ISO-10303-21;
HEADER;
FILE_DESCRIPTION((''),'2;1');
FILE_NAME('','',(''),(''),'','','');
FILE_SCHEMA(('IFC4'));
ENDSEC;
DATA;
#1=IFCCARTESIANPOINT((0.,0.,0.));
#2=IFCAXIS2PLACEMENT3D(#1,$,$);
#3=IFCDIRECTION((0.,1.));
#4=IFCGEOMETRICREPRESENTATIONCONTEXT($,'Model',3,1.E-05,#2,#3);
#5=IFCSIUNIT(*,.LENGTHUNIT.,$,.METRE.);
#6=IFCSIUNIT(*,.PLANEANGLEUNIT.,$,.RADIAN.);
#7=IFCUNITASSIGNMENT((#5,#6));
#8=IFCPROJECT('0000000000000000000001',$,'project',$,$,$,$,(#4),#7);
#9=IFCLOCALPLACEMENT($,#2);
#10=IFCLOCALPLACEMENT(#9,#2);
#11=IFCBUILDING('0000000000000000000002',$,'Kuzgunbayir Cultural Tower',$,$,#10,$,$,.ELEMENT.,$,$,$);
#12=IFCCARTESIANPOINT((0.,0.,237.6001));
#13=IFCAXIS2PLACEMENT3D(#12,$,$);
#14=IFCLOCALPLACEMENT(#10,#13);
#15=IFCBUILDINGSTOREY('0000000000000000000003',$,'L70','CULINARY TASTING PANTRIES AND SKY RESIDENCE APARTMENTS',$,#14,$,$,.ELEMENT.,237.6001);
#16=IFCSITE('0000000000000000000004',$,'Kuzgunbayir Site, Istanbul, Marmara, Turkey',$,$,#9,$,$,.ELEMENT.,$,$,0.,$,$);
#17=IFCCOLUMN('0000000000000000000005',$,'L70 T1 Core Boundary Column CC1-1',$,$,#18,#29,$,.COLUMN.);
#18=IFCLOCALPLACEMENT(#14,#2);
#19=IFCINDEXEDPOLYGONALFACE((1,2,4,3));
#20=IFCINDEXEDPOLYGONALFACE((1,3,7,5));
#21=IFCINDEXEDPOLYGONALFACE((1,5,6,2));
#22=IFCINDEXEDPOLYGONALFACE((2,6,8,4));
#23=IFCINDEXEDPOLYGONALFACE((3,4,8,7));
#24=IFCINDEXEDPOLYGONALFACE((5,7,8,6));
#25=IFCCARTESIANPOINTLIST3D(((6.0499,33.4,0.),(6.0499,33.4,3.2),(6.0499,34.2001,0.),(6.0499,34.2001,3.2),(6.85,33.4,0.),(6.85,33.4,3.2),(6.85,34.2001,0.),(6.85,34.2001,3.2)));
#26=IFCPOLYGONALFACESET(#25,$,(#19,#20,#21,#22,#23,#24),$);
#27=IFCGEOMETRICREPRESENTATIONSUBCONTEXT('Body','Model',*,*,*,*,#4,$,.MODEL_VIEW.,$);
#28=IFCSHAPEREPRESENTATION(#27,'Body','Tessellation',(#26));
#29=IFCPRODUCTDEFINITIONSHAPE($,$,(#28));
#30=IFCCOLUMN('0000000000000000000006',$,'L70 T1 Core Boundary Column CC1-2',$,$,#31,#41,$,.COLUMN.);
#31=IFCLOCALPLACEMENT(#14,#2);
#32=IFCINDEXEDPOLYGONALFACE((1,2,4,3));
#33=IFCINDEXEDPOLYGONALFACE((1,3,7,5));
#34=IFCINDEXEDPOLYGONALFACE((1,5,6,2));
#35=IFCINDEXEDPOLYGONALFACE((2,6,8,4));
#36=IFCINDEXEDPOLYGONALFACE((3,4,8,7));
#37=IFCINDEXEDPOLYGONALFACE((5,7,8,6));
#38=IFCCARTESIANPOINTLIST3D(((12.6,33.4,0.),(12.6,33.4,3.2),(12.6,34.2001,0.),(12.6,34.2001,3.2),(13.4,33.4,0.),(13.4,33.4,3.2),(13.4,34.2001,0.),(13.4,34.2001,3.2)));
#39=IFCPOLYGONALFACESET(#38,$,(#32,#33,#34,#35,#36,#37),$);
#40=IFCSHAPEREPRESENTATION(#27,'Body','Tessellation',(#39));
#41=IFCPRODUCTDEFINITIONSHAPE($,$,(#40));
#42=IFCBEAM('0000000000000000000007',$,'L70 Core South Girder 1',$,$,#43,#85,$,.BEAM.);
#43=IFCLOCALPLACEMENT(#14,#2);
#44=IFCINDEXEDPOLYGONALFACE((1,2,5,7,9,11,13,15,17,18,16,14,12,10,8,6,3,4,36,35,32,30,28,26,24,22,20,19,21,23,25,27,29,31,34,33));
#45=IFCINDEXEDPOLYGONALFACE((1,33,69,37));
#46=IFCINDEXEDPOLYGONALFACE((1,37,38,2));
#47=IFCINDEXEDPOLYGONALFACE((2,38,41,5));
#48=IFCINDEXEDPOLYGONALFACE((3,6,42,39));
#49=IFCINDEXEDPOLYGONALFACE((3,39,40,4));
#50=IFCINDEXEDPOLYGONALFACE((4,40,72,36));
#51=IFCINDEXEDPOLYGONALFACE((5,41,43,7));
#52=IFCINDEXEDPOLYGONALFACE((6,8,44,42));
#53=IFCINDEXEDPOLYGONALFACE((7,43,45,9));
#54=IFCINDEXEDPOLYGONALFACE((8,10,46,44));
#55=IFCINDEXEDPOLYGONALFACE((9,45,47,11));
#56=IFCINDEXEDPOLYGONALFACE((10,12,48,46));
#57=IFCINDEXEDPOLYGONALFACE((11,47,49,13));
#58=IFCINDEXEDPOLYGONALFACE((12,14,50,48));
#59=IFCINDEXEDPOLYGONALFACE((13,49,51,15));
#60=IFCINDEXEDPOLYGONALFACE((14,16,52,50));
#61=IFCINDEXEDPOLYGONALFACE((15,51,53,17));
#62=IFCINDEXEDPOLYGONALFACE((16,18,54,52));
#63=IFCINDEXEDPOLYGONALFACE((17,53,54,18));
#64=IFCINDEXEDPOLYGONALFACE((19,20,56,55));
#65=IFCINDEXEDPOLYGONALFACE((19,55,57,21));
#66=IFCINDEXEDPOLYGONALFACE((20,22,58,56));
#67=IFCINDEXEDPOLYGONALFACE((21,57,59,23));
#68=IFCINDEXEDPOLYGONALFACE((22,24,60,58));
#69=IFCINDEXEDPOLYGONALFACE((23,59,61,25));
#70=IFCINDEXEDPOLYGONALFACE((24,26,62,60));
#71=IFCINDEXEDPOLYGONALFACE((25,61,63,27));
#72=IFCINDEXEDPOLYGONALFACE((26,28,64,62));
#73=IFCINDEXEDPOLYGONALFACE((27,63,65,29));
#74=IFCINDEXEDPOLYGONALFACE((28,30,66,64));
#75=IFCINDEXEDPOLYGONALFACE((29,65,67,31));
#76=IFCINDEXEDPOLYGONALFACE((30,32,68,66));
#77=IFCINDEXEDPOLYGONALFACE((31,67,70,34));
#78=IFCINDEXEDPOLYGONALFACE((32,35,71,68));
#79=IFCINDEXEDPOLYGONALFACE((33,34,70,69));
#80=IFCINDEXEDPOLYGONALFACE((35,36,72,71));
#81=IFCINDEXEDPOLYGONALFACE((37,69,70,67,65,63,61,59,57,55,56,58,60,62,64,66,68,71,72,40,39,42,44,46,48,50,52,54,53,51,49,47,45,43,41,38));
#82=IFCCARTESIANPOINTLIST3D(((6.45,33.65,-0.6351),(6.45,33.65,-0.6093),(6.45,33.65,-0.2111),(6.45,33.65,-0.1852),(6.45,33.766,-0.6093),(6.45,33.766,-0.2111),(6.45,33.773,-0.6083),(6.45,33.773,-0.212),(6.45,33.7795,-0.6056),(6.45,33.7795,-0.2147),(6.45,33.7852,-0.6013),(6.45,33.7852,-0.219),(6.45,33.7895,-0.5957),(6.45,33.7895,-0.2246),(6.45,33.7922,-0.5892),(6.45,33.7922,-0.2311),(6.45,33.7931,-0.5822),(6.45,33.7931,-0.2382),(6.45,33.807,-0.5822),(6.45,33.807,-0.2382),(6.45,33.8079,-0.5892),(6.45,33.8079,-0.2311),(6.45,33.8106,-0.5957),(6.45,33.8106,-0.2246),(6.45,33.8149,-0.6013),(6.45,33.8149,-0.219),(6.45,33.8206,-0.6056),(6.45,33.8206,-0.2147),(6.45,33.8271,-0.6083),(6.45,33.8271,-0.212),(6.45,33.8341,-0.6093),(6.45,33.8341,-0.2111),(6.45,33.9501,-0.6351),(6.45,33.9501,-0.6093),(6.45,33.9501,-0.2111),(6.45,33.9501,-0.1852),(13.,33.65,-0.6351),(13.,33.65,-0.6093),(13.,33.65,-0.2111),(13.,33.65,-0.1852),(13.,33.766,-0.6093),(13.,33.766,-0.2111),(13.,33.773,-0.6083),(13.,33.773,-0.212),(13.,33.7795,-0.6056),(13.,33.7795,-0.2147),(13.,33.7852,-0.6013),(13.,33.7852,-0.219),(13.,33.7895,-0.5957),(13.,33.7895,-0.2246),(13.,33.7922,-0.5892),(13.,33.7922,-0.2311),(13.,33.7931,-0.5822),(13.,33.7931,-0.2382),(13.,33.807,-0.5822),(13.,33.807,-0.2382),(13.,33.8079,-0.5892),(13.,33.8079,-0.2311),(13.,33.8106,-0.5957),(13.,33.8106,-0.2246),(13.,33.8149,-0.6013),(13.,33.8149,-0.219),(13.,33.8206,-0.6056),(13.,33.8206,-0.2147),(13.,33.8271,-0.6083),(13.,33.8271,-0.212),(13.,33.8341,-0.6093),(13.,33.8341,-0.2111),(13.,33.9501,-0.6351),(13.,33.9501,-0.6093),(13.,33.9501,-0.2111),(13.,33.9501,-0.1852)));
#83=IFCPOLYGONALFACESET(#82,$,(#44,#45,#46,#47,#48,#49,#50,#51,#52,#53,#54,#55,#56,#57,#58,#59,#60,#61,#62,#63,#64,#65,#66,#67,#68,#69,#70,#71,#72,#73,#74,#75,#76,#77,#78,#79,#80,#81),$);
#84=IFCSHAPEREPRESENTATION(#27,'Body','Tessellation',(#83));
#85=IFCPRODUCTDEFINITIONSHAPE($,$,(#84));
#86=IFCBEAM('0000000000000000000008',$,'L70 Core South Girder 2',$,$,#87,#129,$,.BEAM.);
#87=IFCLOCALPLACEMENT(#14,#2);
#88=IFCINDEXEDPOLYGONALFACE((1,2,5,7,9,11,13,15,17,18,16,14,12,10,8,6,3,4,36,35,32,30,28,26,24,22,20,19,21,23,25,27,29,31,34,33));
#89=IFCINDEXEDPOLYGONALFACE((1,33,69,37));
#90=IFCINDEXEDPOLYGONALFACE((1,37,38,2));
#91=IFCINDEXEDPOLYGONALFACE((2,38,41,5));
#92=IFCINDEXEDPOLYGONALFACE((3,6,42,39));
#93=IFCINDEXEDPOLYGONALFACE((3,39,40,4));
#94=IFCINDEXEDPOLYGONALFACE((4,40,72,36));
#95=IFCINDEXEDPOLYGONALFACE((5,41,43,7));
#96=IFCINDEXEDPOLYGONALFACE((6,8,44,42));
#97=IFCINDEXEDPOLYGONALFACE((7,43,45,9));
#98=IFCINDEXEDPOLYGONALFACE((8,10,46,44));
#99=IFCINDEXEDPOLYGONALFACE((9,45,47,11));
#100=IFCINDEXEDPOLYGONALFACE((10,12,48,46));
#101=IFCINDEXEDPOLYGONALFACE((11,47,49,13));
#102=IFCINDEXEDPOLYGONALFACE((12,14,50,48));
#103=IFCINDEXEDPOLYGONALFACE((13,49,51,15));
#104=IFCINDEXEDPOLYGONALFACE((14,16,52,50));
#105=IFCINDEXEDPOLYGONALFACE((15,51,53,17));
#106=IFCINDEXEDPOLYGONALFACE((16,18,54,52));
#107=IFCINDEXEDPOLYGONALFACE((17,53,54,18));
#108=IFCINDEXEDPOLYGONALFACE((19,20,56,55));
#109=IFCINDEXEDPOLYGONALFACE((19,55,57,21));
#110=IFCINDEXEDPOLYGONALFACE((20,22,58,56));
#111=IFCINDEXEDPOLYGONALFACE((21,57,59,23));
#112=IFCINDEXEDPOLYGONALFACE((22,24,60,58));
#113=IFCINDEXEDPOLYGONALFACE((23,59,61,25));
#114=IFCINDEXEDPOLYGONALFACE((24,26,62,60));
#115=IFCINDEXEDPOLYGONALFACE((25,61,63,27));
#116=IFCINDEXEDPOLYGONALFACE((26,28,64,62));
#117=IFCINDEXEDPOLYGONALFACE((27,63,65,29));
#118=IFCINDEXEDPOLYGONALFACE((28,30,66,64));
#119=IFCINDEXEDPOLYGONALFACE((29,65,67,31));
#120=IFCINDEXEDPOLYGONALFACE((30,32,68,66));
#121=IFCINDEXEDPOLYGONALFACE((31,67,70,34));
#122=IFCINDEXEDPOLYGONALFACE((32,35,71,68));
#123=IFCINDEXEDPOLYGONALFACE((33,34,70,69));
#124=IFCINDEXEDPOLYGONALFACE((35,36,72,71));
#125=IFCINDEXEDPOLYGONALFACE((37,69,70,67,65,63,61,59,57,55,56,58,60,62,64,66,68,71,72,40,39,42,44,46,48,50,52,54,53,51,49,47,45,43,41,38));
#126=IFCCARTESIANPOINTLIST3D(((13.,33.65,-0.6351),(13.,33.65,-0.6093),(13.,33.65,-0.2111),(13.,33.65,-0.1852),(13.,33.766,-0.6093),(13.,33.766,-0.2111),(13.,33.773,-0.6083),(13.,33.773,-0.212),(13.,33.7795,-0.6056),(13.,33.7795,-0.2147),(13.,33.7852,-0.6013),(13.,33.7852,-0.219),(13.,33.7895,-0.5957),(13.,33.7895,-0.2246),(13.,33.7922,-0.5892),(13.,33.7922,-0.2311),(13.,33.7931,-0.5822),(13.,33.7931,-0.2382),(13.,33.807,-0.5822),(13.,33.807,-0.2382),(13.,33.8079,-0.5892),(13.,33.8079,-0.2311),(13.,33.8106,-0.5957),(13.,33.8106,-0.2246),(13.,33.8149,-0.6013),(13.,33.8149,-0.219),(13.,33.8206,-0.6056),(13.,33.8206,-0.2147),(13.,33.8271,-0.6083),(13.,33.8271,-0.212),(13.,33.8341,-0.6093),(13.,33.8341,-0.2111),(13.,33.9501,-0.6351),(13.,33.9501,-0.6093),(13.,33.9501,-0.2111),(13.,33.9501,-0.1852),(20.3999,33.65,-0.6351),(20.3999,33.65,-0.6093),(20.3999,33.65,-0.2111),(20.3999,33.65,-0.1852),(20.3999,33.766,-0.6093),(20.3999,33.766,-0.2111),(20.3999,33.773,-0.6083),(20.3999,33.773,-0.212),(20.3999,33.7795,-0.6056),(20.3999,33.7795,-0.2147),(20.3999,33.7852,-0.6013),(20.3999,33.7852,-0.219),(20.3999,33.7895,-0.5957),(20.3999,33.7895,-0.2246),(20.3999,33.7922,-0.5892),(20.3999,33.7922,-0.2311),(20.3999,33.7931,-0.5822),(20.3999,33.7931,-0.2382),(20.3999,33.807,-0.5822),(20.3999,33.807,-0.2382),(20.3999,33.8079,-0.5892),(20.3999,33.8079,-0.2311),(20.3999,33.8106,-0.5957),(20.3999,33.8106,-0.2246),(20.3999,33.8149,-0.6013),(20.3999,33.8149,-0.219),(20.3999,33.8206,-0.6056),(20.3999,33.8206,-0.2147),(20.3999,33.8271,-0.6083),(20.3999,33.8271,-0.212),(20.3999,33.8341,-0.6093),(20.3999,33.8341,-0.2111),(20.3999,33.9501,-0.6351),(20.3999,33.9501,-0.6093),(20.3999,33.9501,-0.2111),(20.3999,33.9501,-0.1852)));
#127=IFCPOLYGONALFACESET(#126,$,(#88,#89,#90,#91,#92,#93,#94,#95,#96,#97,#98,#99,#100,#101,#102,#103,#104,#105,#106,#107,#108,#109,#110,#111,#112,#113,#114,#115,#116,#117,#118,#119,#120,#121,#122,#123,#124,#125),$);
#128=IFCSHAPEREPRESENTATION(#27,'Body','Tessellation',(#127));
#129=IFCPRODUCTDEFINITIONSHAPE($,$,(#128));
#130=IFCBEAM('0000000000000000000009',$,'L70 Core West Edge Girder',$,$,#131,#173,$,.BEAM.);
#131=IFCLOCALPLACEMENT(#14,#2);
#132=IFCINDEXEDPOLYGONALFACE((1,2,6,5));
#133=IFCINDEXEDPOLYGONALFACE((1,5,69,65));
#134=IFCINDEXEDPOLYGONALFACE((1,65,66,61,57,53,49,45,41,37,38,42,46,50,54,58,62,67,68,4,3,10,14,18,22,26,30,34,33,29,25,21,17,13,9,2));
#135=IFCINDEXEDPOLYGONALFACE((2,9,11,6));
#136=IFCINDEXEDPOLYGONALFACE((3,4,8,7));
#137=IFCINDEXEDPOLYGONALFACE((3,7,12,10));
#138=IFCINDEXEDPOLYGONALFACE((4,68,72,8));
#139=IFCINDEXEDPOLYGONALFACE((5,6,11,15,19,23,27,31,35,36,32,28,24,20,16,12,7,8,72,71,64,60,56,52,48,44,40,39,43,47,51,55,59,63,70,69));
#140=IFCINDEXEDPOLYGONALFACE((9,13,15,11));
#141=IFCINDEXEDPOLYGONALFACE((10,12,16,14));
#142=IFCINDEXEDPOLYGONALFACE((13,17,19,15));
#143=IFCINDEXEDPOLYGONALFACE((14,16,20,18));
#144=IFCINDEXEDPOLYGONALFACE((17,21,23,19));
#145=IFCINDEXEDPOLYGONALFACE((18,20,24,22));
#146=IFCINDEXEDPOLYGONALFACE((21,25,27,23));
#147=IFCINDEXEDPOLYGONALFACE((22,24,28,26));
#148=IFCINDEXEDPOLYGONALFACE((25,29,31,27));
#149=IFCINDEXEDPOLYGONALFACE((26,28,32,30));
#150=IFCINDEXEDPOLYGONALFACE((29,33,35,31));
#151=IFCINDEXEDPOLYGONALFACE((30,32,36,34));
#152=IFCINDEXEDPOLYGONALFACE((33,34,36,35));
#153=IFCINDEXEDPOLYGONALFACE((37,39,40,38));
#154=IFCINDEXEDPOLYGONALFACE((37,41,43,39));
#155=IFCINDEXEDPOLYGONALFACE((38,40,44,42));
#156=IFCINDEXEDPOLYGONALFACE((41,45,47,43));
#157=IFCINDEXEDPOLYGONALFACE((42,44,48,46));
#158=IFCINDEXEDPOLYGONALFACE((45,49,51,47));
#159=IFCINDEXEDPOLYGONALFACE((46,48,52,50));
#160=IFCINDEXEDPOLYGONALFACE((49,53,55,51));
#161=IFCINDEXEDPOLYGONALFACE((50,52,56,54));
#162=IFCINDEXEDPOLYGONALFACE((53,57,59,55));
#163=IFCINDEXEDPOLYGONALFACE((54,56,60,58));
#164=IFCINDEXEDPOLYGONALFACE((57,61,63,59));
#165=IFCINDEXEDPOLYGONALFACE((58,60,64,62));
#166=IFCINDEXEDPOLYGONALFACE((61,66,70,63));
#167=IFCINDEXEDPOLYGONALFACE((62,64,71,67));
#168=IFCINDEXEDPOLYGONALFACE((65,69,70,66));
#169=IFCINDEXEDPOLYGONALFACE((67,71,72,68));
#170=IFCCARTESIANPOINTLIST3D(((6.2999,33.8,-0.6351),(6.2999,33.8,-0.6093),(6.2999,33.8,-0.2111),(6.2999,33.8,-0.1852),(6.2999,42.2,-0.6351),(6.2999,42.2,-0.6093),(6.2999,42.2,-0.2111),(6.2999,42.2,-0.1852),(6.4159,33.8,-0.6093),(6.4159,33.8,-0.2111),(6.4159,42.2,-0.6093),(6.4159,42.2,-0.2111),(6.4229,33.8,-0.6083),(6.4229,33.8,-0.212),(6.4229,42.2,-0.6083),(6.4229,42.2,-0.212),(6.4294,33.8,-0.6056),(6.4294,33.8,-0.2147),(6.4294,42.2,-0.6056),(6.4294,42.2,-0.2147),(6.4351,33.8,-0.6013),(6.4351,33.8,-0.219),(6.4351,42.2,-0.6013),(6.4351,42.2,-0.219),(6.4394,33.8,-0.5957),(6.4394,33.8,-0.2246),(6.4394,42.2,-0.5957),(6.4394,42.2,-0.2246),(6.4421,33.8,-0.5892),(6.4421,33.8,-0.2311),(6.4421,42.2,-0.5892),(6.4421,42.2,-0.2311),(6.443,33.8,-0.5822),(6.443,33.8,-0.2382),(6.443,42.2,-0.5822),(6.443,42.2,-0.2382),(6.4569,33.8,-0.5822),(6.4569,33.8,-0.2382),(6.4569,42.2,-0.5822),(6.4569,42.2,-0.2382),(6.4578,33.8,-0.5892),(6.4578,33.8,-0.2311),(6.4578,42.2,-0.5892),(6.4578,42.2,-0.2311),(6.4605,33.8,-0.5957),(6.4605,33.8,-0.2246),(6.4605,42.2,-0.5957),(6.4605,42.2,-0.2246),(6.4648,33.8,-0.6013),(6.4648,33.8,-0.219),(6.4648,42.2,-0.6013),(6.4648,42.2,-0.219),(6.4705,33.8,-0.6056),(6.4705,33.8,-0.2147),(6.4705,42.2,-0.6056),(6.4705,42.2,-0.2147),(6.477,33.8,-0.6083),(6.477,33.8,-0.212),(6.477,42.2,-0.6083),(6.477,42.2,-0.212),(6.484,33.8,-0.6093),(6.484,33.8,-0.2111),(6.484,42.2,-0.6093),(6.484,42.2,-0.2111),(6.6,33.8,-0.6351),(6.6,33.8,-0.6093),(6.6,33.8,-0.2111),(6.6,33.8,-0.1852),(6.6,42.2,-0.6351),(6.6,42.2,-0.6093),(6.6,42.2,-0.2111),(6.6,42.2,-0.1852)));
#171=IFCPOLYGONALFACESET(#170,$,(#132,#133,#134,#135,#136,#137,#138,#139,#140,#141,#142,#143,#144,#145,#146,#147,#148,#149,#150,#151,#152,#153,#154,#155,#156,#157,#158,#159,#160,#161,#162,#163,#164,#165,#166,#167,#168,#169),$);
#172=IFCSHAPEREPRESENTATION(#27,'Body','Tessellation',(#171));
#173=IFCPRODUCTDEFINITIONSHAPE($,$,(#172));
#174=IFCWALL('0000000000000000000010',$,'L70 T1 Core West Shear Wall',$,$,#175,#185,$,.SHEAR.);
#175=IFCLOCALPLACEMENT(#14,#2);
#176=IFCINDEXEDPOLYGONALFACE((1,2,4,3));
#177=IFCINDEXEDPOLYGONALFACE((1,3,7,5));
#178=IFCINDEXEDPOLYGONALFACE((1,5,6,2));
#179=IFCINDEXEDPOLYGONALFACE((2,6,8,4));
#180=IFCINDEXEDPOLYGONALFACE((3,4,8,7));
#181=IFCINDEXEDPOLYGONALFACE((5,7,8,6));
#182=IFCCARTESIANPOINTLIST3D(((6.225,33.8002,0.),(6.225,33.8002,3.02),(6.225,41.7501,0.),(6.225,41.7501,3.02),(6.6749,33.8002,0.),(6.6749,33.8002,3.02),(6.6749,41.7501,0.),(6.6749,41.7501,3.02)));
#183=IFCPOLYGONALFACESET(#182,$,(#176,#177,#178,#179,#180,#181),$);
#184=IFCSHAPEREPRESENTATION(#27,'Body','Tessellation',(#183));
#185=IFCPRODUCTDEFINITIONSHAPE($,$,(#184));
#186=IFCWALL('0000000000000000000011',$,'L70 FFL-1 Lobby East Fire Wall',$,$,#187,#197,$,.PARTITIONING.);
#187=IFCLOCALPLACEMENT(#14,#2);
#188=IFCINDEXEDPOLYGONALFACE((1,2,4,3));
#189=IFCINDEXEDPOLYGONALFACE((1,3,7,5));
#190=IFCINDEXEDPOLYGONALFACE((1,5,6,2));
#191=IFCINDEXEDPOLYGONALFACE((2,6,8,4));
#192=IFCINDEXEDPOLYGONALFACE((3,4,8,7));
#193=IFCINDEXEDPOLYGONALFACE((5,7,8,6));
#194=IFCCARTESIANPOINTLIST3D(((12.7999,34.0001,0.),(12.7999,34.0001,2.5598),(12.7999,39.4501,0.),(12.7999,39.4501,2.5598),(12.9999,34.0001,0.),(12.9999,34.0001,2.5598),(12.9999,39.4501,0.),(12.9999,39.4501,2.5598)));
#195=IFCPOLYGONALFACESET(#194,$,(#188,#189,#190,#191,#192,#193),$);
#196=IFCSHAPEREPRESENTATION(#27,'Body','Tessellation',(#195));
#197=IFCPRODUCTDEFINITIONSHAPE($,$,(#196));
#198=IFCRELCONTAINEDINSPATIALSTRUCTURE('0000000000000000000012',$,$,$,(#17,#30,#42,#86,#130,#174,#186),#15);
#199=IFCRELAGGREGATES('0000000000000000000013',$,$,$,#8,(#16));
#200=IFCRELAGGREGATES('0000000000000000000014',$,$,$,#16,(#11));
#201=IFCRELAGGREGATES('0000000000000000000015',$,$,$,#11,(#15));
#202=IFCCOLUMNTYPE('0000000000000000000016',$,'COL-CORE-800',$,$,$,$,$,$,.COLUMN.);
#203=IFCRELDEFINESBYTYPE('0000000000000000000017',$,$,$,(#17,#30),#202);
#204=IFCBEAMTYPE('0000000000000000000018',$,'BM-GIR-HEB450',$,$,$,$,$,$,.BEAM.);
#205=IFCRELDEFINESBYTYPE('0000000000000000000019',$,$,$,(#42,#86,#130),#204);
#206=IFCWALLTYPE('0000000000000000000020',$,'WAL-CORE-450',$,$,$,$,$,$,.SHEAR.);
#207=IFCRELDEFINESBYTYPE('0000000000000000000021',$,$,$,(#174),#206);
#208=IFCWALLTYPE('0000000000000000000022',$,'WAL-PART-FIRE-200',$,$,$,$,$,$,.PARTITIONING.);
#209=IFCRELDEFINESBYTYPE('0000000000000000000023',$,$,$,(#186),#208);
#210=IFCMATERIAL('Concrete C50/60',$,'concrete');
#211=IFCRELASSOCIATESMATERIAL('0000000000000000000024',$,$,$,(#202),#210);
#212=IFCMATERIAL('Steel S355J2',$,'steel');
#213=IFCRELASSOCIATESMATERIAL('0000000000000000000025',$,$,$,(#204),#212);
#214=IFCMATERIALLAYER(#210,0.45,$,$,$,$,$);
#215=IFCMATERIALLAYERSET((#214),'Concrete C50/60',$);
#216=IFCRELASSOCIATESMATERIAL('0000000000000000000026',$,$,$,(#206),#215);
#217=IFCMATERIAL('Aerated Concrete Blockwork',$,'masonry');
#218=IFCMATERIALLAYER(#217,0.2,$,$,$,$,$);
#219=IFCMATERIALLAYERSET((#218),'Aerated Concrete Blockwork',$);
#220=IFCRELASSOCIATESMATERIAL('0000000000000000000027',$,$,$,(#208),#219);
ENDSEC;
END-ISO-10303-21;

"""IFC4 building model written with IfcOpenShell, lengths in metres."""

from ifc_helpers import new_model, si_unit, direction, frame, frame_2d, origin, origin_2d, place, context, subcontext, project, spatial, rectangle, i_section, extrude, material, layer, layer_set, material_profile, profile_set, type_object, element, save


model = new_model("IFC4")

# Units and contexts
model_context = context("Model", 3, precision=1e-05, world=origin(), true_north=direction((0.0, 1.0)))
body_context = subcontext(model_context, "Body", "Model", "MODEL_VIEW")
ifc_project = project(units=[si_unit("LENGTHUNIT", "METRE"), si_unit("PLANEANGLEUNIT", "RADIAN")], contexts=[model_context])

# Site, building, storey
site_placement = place(None, origin())
site = spatial("IfcSite", under=ifc_project, at=site_placement, Name="Kuzgunbayir Site, Istanbul, Marmara, Turkey", CompositionType="ELEMENT", RefElevation=0.0)
building_placement = place(site_placement, origin())
building = spatial("IfcBuilding", under=site, at=building_placement, Name="Kuzgunbayir Cultural Tower", CompositionType="ELEMENT")
storey_placement = place(building_placement, frame((0.0, 0.0, 237.6001)))
storey = spatial("IfcBuildingStorey", under=building, at=storey_placement, Name="L70", Description="CULINARY TASTING PANTRIES AND SKY RESIDENCE APARTMENTS", CompositionType="ELEMENT", Elevation=237.6001)

# Columns
ifc_material_1 = material(Name="Concrete C50/60", Category="concrete")
ifc_material_profile_1 = material_profile(ifc_material_1, rectangle(XDim=0.8, YDim=0.8, at=origin_2d()), Name="RC 800x800")
ifc_profile_set_1 = profile_set([ifc_material_profile_1], Name="Concrete C50/60")
column_type = type_object("IfcColumnType", Name="COL-CORE-800", PredefinedType="COLUMN", material=ifc_profile_set_1)
for number, where, z_axis, x_axis, name in (
    (1, (6.45, 33.8, 0.0), (0.0, 0.0, 1.0), (1.0, 0.0, 0.0), "L70 T1 Core Boundary Column CC1-1"),
    (2, (13.0, 33.8, 0.0), (0.0, 0.0, 1.0), (1.0, 0.0, 0.0), "L70 T1 Core Boundary Column CC1-2"),
):
    element("IfcColumn", number, at=place(storey_placement, frame(where, z_axis=z_axis, x_axis=x_axis)), inside=storey, type_object=column_type, Name=name, PredefinedType="COLUMN", context=body_context, shape_type="SweptSolid", body=[
        extrude(rectangle(XDim=0.8, YDim=0.8, at=origin_2d()), origin(), (0.0, 0.0, 1.0), 3.2),
    ])

# Beams
ifc_material_2 = material(Name="Steel S355J2", Category="steel")
ifc_material_profile_2 = material_profile(ifc_material_2, i_section(OverallWidth=0.3, OverallDepth=0.45, WebThickness=0.0139, FlangeThickness=0.0259, FilletRadius=0.0271, at=origin_2d()), Name="HEB 450")
ifc_profile_set_2 = profile_set([ifc_material_profile_2], Name="Steel S355J2")
beam_type = type_object("IfcBeamType", Name="BM-GIR-HEB450", PredefinedType="BEAM", material=ifc_profile_set_2)
beam_1_placement = place(storey_placement, frame((6.45, 33.8, -0.4102), z_axis=(1.0, 0.0, 0.0), x_axis=(0.0, 1.0, 0.0)))
element("IfcBeam", 3, at=beam_1_placement, inside=storey, type_object=beam_type, Name="L70 Core South Girder 1", PredefinedType="BEAM", context=body_context, shape_type="SweptSolid", body=[
    extrude(i_section(OverallWidth=0.3, OverallDepth=0.45, WebThickness=0.0139, FlangeThickness=0.0259, FilletRadius=0.0271, at=origin_2d()), origin(), (0.0, 0.0, 1.0), 6.55),
])
beam_2_placement = place(storey_placement, frame((13.0, 33.8, -0.4102), z_axis=(1.0, 0.0, 0.0), x_axis=(0.0, 1.0, 0.0)))
element("IfcBeam", 4, at=beam_2_placement, inside=storey, type_object=beam_type, Name="L70 Core South Girder 2", PredefinedType="BEAM", context=body_context, shape_type="SweptSolid", body=[
    extrude(i_section(OverallWidth=0.3, OverallDepth=0.45, WebThickness=0.0139, FlangeThickness=0.0259, FilletRadius=0.0271, at=origin_2d()), origin(), (0.0, 0.0, 1.0), 7.3999),
])
beam_3_placement = place(storey_placement, frame((6.45, 33.8, -0.4102), z_axis=(0.0, 1.0, 0.0), x_axis=(-1.0, 0.0, 0.0)))
element("IfcBeam", 5, at=beam_3_placement, inside=storey, type_object=beam_type, Name="L70 Core West Edge Girder", PredefinedType="BEAM", context=body_context, shape_type="SweptSolid", body=[
    extrude(i_section(OverallWidth=0.3, OverallDepth=0.45, WebThickness=0.0139, FlangeThickness=0.0259, FilletRadius=0.0271, at=origin_2d()), origin(), (0.0, 0.0, 1.0), 8.3999),
])

# Walls
ifc_layer_1 = layer(ifc_material_1, 0.45)
ifc_layer_set_1 = layer_set([ifc_layer_1], Name="Concrete C50/60")
wall_type_1 = type_object("IfcWallType", Name="WAL-CORE-450", PredefinedType="SHEAR", material=ifc_layer_set_1)
wall_1_placement = place(storey_placement, frame((6.45, 33.8, 0.0), z_axis=(0.0, 0.0, 1.0), x_axis=(0.0, 1.0, 0.0)))
element("IfcWall", 6, at=wall_1_placement, inside=storey, type_object=wall_type_1, Name="L70 T1 Core West Shear Wall", PredefinedType="SHEAR", context=body_context, shape_type="SweptSolid", body=[
    extrude(rectangle(XDim=7.95, YDim=0.45, at=frame_2d((3.9751, 0.0))), origin(), (0.0, 0.0, 1.0), 3.02),
])
ifc_material_3 = material(Name="Aerated Concrete Blockwork", Category="masonry")
ifc_layer_2 = layer(ifc_material_3, 0.2)
ifc_layer_set_2 = layer_set([ifc_layer_2], Name="Aerated Concrete Blockwork")
wall_type_2 = type_object("IfcWallType", Name="WAL-PART-FIRE-200", PredefinedType="PARTITIONING", material=ifc_layer_set_2)
wall_2_placement = place(storey_placement, frame((12.8999, 34.0, 0.0), z_axis=(0.0, 0.0, 1.0), x_axis=(0.0, 1.0, 0.0)))
element("IfcWall", 7, at=wall_2_placement, inside=storey, type_object=wall_type_2, Name="L70 FFL-1 Lobby East Fire Wall", PredefinedType="PARTITIONING", context=body_context, shape_type="SweptSolid", body=[
    extrude(rectangle(XDim=5.45, YDim=0.2, at=frame_2d((2.7251, 0.0))), origin(), (0.0, 0.0, 1.0), 2.5598),
])

save(model, "model.ifc")
